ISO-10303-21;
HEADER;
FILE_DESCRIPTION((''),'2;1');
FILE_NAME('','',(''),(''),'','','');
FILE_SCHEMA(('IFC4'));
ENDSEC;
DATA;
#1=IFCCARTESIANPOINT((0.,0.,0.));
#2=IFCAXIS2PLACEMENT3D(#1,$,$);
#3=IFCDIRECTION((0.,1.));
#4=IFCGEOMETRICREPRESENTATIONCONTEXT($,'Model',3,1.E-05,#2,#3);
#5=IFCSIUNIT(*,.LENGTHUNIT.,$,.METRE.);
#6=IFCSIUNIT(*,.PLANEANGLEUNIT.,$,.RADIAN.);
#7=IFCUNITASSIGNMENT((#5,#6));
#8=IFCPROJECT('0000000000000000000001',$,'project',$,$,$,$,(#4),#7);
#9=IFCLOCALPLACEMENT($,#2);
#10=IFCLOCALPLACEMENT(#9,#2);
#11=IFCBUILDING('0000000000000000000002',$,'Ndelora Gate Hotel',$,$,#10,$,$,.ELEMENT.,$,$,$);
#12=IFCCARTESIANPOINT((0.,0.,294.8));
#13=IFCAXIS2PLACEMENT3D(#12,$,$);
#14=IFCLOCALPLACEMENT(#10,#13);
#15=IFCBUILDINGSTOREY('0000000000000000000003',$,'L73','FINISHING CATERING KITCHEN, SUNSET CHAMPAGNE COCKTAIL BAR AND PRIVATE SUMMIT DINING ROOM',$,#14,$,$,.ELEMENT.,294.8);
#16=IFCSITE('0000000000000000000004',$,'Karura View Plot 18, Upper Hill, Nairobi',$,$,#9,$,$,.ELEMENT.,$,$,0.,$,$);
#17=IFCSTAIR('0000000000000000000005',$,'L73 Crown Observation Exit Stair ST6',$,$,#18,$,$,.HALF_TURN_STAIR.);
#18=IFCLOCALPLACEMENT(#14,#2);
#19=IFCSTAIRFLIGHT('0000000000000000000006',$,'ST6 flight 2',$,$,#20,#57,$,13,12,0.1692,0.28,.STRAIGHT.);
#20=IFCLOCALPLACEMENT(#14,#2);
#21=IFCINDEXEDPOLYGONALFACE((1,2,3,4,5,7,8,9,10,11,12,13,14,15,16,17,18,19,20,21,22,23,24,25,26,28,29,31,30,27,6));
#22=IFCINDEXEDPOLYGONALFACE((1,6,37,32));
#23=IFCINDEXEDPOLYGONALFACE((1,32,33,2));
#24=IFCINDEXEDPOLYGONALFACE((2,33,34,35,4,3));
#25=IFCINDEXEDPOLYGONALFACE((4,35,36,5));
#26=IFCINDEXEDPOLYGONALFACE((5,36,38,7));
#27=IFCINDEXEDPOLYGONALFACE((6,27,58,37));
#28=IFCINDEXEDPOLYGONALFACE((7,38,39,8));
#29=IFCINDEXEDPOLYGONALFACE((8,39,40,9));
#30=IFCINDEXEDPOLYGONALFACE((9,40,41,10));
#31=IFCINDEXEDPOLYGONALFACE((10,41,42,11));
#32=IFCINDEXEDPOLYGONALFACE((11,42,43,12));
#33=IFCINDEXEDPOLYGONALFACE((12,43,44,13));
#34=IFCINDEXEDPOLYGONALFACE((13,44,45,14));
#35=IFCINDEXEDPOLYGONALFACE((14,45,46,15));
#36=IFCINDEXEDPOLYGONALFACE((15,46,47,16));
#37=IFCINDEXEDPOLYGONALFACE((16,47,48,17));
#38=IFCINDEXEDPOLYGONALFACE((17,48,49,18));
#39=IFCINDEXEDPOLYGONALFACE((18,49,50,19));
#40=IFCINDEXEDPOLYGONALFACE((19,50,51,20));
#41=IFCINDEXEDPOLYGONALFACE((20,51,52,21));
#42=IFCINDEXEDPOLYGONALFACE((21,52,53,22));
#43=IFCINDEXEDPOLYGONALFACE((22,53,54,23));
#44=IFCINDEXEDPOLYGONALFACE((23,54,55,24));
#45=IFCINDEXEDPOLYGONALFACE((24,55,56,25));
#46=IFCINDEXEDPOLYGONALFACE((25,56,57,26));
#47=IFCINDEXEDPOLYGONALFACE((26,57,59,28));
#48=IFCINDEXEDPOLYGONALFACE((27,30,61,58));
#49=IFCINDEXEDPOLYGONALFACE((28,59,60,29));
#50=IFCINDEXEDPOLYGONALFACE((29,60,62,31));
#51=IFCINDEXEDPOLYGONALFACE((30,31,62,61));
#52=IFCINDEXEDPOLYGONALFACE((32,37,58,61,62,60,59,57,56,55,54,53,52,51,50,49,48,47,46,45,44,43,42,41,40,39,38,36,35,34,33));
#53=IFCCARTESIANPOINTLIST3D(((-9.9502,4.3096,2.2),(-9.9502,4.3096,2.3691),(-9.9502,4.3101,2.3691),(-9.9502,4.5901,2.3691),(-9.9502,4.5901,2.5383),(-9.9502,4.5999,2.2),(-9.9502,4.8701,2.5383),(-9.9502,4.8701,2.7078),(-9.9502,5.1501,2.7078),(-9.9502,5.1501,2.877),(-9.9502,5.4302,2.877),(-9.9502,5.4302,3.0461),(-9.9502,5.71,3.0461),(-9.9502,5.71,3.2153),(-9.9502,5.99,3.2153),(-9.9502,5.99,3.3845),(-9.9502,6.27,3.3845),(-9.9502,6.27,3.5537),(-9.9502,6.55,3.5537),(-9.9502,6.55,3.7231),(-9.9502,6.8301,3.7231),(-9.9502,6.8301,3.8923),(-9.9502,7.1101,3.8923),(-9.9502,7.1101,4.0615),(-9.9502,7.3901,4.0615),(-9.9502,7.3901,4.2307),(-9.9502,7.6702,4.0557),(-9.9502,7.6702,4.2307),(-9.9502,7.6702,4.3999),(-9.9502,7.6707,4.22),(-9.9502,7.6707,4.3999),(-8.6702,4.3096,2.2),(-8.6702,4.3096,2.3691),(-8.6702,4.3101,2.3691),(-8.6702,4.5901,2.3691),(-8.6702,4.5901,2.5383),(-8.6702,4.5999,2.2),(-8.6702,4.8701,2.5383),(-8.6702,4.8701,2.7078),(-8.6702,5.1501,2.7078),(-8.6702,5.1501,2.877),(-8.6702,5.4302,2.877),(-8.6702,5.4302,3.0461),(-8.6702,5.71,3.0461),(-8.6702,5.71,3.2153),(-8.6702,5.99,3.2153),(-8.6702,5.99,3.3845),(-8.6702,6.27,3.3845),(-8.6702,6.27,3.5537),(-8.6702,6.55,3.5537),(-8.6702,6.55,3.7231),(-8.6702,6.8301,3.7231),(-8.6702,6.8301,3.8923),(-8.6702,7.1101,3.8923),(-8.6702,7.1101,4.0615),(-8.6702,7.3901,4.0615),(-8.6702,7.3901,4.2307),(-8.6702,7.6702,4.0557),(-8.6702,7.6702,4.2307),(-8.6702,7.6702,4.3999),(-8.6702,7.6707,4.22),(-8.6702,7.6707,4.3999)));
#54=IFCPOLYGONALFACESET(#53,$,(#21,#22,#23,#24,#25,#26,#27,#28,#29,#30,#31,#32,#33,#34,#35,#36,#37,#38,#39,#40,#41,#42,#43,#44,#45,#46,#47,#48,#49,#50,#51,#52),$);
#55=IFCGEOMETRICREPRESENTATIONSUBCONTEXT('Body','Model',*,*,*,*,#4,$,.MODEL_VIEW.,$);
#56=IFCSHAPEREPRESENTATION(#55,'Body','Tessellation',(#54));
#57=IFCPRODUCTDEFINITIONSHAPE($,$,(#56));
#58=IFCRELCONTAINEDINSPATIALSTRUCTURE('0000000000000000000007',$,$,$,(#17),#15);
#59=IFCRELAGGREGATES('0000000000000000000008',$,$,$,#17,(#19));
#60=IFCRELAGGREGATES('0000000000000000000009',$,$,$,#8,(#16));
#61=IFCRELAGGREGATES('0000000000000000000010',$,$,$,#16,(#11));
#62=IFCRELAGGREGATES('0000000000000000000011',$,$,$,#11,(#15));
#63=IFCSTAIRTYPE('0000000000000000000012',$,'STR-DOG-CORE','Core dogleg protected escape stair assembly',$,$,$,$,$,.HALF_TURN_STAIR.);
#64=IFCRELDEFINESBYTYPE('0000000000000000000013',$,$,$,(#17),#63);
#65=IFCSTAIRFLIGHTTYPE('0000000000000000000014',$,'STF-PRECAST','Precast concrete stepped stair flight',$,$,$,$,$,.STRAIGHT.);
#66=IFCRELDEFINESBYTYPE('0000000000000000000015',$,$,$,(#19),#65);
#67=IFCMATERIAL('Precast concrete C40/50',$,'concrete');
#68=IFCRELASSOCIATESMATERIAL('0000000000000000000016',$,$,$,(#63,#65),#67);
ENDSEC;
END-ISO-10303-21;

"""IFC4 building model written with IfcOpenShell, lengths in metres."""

from ifc_helpers import new_model, si_unit, direction, frame, origin, place, context, subcontext, project, spatial, polyline, outline, extrude, material, type_object, element, aggregate, save


model = new_model("IFC4")

# Units and contexts
model_context = context("Model", 3, precision=1e-05, world=origin(), true_north=direction((0.0, 1.0)))
body_context = subcontext(model_context, "Body", "Model", "MODEL_VIEW")
ifc_project = project(units=[si_unit("LENGTHUNIT", "METRE"), si_unit("PLANEANGLEUNIT", "RADIAN")], contexts=[model_context])

# Site, building, storey
site_placement = place(None, origin())
site = spatial("IfcSite", under=ifc_project, at=site_placement, Name="Karura View Plot 18, Upper Hill, Nairobi", CompositionType="ELEMENT", RefElevation=0.0)
building_placement = place(site_placement, origin())
building = spatial("IfcBuilding", under=site, at=building_placement, Name="Ndelora Gate Hotel", CompositionType="ELEMENT")
storey_placement = place(building_placement, frame((0.0, 0.0, 294.8)))
storey = spatial("IfcBuildingStorey", under=building, at=storey_placement, Name="L73", Description="FINISHING CATERING KITCHEN, SUNSET CHAMPAGNE COCKTAIL BAR AND PRIVATE SUMMIT DINING ROOM", CompositionType="ELEMENT", Elevation=294.8)

# Stair, stair flight
ifc_material_1 = material(Name="Precast concrete C40/50", Category="concrete")
stair_type = type_object("IfcStairType", Name="STR-DOG-CORE", Description="Core dogleg protected escape stair assembly", PredefinedType="HALF_TURN_STAIR", material=ifc_material_1)
stair_placement = place(storey_placement, origin())
stair = element("IfcStair", 1, at=stair_placement, inside=storey, type_object=stair_type, Name="L73 Crown Observation Exit Stair ST6", PredefinedType="HALF_TURN_STAIR")
stair_flight_type = type_object("IfcStairFlightType", Name="STF-PRECAST", Description="Precast concrete stepped stair flight", PredefinedType="STRAIGHT", material=ifc_material_1)
stair_flight_1_placement = place(storey_placement, frame((-9.3101, 4.3101, 2.2), z_axis=(0.0, 0.0, 1.0), x_axis=(0.0, 1.0, 0.0)))
stair_flight_1 = element("IfcStairFlight", 2, at=stair_flight_1_placement, type_object=stair_flight_type, Name="ST6 flight 2", NumberOfRisers=13, NumberOfTreads=12, PredefinedType="STRAIGHT", RiserHeight=0.1692, TreadLength=0.28, context=body_context, shape_type="SweptSolid", body=[
    extrude(outline(polyline([(-0.0005, 0.0), (-0.0005, 0.1692), (0.0, 0.1692), (0.28, 0.1692), (0.28, 0.3384), (0.5601, 0.3384), (0.5601, 0.5078), (0.8401, 0.5078), (0.8401, 0.677), (1.1201, 0.677), (1.1201, 0.8462), (1.3999, 0.8462), (1.3999, 1.0154), (1.6799, 1.0154), (1.6799, 1.1846), (1.96, 1.1846), (1.96, 1.3538), (2.24, 1.3538), (2.24, 1.5232), (2.52, 1.5232), (2.52, 1.6924), (2.8, 1.6924), (2.8, 1.8616), (3.0801, 1.8616), (3.0801, 2.0308), (3.3601, 2.0308), (3.3601, 2.2), (3.3606, 2.2), (3.3606, 2.02), (3.3601, 1.8557), (0.2898, 0.0), (-0.0005, 0.0)])), frame((0.0, 0.6401, 0.0), z_axis=(0.0, -1.0, 0.0), x_axis=(1.0, 0.0, 0.0)), (0.0, 0.0, 1.0), 1.28),
])
aggregate(stair, [stair_flight_1])

save(model, "model.ifc")
